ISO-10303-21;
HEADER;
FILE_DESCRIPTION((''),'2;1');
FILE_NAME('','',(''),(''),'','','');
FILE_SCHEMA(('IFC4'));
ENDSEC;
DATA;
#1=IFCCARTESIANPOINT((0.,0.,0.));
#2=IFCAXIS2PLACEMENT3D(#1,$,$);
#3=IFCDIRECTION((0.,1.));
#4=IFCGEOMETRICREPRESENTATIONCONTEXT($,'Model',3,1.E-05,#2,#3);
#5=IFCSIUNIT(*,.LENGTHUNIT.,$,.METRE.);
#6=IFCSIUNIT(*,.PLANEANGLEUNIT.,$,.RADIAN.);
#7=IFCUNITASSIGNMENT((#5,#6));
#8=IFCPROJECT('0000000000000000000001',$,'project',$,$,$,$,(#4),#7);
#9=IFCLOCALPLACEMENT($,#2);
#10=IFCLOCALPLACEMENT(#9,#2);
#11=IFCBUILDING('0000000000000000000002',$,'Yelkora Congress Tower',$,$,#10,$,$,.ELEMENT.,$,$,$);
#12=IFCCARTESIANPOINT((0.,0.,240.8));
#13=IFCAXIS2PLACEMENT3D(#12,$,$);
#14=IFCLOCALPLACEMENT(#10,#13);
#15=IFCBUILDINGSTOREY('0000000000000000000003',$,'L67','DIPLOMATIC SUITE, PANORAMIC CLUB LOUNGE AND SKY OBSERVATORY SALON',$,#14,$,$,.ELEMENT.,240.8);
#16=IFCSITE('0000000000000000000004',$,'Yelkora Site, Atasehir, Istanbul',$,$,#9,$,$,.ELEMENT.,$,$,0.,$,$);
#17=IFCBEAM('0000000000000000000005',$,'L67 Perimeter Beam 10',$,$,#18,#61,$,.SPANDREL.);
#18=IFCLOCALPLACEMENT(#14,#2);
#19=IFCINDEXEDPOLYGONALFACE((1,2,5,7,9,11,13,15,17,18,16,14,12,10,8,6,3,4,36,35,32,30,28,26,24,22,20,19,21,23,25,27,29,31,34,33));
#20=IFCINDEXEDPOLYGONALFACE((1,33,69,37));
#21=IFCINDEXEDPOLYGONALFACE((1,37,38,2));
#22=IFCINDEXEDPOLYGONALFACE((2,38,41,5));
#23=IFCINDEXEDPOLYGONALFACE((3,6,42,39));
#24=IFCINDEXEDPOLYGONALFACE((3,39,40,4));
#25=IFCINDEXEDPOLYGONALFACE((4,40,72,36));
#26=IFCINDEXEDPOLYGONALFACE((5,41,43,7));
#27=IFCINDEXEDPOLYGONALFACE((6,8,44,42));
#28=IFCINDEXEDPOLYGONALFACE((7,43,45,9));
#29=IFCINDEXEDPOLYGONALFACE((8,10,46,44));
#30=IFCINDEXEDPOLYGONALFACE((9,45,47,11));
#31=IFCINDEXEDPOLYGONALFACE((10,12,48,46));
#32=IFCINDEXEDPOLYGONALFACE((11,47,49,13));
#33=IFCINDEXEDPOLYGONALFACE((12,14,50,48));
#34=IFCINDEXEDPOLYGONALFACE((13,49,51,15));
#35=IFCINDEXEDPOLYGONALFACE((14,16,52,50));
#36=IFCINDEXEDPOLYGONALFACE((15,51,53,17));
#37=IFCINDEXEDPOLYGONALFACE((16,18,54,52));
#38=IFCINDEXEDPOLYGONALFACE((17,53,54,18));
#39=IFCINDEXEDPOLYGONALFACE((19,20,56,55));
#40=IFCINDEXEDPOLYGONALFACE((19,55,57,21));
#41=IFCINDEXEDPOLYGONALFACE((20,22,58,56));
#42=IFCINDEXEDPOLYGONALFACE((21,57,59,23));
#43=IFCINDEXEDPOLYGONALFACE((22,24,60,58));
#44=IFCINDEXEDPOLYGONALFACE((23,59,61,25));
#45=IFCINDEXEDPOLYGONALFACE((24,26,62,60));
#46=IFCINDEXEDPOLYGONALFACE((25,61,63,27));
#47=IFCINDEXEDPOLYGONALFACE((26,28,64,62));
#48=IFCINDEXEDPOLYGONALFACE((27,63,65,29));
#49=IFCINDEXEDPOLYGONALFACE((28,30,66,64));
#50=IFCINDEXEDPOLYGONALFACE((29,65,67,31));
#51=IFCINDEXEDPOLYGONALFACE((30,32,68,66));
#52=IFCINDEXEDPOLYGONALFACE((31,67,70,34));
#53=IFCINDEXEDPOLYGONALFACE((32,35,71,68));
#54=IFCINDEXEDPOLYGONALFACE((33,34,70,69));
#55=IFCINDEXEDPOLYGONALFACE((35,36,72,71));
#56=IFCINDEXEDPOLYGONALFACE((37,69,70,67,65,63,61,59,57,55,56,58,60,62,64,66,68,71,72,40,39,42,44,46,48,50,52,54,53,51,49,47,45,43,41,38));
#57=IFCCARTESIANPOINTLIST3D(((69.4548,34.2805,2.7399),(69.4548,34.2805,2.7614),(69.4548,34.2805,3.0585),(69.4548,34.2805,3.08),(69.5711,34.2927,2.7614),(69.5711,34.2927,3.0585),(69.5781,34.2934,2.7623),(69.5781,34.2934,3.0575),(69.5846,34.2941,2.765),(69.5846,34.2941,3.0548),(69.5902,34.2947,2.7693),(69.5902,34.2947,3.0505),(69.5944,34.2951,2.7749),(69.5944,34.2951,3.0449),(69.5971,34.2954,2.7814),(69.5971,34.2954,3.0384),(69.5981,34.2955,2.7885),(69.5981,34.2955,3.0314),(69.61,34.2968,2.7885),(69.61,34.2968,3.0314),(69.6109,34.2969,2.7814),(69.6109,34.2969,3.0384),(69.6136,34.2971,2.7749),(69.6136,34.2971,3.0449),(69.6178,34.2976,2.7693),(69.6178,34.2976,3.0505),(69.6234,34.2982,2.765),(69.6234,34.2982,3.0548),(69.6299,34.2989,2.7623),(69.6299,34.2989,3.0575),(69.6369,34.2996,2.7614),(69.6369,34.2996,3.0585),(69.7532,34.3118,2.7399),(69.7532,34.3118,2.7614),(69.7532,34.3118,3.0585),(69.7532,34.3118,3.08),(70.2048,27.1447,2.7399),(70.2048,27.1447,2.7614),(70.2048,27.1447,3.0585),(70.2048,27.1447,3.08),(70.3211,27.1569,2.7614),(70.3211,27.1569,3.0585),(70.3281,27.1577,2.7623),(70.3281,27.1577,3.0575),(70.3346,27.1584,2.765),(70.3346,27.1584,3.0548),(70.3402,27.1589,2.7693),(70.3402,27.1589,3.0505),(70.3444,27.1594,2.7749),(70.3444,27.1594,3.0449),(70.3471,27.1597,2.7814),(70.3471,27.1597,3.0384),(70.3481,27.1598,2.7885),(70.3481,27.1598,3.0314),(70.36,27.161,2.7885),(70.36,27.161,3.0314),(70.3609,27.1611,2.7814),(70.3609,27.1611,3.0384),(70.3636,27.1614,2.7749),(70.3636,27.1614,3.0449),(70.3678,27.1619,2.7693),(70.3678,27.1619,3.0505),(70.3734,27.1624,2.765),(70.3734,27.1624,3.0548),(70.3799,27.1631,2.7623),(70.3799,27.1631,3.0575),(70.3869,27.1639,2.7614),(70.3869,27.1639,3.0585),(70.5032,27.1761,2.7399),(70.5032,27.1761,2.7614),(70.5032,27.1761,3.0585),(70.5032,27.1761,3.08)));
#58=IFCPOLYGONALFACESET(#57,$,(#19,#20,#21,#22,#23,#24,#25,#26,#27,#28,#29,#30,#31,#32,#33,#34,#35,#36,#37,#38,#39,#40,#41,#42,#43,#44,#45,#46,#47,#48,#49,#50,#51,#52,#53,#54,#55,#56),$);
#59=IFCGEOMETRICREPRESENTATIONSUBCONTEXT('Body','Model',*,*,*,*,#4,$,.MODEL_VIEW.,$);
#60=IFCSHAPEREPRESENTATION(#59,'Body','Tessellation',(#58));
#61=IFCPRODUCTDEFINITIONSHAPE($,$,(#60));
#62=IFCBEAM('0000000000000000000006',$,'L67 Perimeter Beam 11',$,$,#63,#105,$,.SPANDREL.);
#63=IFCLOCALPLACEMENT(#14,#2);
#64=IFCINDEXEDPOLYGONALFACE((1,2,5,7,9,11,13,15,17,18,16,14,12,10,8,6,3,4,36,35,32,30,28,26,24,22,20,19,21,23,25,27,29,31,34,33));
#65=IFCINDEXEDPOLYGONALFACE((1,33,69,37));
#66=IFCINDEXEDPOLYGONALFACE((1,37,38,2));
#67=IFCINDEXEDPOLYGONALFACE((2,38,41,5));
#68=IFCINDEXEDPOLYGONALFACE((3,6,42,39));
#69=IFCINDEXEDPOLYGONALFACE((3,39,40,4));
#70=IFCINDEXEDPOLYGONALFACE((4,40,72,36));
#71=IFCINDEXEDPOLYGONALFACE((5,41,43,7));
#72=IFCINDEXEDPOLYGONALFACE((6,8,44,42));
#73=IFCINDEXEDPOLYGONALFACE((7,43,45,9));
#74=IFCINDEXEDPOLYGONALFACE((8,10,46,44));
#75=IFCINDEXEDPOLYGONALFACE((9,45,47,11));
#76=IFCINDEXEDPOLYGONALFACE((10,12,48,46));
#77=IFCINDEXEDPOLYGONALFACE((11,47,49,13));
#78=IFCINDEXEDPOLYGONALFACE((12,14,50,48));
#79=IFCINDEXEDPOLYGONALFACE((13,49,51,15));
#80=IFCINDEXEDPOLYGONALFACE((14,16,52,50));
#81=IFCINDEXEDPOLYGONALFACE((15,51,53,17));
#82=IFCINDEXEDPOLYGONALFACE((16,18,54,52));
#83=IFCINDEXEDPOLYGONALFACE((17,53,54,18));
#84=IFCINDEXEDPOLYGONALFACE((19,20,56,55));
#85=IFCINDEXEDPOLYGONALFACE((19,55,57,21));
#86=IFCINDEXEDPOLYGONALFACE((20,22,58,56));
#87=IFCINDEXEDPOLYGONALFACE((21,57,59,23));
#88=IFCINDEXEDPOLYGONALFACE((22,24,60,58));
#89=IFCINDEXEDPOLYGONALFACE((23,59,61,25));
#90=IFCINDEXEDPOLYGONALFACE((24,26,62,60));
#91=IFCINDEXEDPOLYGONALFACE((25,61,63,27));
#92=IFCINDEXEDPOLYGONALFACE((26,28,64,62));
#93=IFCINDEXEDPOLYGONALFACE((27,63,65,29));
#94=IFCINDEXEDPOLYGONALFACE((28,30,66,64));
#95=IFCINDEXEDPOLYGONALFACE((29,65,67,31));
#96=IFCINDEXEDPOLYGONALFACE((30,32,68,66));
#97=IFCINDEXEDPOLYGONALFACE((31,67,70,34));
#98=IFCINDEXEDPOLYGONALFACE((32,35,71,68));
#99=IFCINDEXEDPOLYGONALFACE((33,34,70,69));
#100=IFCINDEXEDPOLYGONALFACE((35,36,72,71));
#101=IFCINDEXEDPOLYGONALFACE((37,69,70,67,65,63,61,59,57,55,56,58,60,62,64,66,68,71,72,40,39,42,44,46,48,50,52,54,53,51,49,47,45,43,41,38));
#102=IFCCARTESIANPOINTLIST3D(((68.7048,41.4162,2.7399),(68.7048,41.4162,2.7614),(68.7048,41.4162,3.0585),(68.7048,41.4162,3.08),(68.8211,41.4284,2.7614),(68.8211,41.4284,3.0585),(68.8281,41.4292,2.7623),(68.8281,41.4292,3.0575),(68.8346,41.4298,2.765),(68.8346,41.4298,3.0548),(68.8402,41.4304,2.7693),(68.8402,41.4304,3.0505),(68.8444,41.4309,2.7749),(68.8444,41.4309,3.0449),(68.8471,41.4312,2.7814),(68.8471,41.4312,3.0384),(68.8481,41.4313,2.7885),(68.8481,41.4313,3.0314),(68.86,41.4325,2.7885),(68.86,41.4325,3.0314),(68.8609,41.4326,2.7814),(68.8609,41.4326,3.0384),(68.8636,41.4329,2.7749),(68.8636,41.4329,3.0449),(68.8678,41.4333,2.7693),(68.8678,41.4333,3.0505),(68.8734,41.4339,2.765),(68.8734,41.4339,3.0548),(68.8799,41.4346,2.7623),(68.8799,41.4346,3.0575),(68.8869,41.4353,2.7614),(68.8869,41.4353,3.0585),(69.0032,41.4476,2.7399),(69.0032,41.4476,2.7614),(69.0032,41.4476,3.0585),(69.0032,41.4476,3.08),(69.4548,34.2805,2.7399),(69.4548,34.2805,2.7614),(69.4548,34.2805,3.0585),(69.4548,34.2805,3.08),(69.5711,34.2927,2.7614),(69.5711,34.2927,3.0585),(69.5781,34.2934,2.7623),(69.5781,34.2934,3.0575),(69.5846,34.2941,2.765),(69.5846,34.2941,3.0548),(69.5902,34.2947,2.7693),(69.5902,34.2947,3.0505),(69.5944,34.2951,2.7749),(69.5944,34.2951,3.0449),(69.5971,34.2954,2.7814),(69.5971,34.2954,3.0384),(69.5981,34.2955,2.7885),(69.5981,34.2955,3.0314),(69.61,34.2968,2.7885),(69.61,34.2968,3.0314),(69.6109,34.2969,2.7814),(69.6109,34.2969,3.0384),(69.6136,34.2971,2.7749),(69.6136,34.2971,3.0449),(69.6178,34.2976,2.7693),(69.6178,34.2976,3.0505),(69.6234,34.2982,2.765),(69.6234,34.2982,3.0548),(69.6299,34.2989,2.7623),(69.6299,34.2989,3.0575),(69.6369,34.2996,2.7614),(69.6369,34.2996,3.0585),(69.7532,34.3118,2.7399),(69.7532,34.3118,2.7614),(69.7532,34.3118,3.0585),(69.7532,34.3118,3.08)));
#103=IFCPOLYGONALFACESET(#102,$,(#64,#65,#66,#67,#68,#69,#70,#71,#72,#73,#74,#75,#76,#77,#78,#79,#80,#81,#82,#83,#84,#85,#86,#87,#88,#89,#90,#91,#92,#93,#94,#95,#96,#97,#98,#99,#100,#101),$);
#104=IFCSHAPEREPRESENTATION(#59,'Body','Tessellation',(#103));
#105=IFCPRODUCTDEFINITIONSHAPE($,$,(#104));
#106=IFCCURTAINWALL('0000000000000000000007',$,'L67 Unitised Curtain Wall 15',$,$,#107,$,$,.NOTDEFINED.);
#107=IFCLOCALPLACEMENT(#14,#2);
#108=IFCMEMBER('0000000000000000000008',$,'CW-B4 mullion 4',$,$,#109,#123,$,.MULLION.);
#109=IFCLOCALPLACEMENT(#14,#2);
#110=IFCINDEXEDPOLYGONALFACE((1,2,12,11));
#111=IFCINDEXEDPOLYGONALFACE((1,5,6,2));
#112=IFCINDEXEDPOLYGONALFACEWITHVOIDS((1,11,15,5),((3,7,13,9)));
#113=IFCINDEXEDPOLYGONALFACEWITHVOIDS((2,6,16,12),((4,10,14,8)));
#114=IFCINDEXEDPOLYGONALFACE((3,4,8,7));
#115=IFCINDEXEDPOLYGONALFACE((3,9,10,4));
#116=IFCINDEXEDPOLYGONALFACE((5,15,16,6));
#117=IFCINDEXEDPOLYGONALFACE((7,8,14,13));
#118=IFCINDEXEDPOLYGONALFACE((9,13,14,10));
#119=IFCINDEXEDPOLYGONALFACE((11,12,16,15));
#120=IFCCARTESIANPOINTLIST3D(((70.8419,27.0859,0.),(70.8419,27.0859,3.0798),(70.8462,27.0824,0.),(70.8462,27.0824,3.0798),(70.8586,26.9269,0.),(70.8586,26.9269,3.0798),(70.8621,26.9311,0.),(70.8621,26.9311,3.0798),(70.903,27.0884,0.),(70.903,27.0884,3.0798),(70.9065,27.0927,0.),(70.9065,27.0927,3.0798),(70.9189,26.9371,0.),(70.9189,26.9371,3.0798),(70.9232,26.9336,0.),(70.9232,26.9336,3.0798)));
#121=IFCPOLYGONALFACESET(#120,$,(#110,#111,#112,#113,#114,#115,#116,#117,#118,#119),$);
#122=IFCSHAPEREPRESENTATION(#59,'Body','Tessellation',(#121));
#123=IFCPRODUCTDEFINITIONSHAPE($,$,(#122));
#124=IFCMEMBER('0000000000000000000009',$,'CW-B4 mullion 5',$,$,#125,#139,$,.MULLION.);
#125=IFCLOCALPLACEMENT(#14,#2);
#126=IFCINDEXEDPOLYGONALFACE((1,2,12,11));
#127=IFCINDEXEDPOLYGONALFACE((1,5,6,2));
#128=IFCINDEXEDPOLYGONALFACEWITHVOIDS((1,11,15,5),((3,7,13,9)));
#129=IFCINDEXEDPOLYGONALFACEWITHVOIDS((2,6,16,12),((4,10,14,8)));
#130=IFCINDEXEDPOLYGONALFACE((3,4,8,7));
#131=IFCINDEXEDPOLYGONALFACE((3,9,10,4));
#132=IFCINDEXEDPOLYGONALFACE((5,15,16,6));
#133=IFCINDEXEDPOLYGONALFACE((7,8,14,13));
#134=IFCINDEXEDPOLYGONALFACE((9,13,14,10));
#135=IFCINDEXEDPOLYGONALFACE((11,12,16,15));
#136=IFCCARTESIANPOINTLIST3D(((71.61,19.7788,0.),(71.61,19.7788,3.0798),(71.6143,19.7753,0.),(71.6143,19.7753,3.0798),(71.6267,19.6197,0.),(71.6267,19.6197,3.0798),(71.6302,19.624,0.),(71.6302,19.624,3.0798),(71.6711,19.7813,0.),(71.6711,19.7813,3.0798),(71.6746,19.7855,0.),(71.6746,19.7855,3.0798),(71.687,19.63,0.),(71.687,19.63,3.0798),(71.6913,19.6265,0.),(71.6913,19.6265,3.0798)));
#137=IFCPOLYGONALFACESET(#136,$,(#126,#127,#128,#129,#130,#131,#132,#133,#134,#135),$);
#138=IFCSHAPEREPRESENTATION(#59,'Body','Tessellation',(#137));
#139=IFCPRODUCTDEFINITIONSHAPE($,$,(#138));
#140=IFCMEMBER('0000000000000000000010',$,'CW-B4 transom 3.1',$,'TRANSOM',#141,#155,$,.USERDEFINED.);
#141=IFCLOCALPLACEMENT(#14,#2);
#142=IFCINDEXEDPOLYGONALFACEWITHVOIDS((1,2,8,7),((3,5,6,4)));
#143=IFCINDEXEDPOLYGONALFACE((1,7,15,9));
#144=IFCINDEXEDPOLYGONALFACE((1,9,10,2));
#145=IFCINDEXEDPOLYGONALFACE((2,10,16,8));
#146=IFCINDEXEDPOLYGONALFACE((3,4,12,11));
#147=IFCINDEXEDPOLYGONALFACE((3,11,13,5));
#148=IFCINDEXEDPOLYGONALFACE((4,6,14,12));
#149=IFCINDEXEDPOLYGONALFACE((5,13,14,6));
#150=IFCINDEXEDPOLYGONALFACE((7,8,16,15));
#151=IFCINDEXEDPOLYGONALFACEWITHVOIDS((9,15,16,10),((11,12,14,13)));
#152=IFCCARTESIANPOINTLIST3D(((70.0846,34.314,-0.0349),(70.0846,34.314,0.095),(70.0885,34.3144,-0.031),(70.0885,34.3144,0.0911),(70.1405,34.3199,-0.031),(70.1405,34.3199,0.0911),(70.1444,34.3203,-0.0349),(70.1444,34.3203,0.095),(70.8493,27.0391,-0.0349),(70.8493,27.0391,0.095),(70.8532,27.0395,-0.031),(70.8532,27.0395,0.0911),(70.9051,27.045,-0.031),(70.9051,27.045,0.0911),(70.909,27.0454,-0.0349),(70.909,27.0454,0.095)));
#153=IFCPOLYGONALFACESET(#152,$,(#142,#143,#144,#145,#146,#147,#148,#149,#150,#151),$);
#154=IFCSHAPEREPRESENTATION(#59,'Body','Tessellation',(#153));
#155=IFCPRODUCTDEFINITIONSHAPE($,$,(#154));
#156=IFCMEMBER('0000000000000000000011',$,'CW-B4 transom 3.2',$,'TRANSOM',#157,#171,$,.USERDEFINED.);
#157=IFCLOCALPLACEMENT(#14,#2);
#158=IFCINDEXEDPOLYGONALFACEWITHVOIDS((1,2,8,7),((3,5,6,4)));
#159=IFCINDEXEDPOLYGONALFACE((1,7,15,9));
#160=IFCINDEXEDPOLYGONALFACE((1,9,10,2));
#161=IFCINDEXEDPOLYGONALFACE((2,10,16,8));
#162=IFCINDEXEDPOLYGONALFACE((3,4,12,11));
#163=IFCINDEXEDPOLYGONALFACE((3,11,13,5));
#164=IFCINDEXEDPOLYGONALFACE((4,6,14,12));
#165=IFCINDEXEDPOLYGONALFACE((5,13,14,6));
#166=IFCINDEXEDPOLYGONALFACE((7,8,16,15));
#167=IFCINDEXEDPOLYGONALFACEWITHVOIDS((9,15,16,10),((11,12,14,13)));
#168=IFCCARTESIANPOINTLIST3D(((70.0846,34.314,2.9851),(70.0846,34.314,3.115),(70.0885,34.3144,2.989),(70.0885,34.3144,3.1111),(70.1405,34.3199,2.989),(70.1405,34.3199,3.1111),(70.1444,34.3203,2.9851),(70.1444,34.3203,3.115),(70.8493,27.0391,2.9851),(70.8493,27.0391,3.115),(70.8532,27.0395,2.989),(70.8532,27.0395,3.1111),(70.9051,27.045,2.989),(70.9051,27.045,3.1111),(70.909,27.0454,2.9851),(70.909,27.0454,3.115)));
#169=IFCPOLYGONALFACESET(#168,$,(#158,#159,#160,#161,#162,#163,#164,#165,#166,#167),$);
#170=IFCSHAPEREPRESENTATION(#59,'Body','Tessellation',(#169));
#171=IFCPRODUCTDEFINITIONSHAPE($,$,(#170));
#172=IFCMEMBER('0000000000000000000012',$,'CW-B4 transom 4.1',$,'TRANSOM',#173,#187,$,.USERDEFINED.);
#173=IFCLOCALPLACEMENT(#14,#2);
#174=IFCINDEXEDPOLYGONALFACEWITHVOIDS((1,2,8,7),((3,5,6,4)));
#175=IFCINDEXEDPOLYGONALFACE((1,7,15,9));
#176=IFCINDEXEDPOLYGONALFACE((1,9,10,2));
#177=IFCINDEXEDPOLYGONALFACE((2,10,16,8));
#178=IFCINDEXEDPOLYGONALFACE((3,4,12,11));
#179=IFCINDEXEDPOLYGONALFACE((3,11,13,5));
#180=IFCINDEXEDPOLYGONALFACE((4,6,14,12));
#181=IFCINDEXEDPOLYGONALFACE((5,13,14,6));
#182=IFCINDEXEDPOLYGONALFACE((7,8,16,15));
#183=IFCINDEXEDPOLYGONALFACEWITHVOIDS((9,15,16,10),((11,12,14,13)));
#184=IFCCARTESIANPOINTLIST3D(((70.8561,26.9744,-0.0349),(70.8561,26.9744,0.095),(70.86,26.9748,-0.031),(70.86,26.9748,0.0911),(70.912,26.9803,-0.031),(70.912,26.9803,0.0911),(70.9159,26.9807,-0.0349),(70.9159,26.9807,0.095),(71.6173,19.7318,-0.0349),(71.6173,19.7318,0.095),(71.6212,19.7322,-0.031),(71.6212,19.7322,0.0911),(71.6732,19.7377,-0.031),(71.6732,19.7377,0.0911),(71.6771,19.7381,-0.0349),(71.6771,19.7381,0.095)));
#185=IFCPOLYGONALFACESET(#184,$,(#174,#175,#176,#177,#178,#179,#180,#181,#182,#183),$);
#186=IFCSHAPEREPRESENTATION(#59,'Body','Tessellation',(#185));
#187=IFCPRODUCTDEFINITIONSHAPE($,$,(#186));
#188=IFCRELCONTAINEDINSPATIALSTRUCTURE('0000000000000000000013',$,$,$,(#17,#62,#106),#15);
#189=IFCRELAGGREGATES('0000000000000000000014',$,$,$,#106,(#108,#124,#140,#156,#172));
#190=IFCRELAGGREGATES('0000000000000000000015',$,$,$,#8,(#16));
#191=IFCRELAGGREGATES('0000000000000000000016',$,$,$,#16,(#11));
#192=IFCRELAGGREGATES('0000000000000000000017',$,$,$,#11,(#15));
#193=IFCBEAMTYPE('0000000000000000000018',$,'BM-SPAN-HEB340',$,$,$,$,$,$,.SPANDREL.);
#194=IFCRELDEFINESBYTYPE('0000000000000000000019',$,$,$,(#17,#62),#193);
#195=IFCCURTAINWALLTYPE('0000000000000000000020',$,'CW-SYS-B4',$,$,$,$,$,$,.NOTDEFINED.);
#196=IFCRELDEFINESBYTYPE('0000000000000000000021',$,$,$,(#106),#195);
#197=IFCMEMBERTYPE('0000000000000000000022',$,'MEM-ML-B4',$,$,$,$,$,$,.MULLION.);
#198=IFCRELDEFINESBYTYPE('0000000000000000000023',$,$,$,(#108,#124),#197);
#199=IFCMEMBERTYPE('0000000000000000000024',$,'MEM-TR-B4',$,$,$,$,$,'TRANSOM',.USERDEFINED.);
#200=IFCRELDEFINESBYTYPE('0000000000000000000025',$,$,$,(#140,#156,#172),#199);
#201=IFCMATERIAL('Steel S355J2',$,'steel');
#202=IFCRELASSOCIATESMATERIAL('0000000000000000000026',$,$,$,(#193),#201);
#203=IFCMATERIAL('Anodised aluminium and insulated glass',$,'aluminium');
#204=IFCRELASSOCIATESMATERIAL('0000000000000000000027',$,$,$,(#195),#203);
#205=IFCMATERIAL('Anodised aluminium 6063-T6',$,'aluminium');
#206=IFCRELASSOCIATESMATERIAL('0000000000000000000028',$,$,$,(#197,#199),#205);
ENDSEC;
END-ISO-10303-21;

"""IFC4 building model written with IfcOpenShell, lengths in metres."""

from ifc_helpers import new_model, si_unit, direction, frame, origin, origin_2d, place, context, subcontext, project, spatial, hollow_rectangle, i_section, extrude, material, material_profile, profile_set, type_object, element, aggregate, save


model = new_model("IFC4")

# Units and contexts
model_context = context("Model", 3, precision=1e-05, world=origin(), true_north=direction((0.0, 1.0)))
body_context = subcontext(model_context, "Body", "Model", "MODEL_VIEW")
ifc_project = project(units=[si_unit("LENGTHUNIT", "METRE"), si_unit("PLANEANGLEUNIT", "RADIAN")], contexts=[model_context])

# Site, building, storey
site_placement = place(None, origin())
site = spatial("IfcSite", under=ifc_project, at=site_placement, Name="Yelkora Site, Atasehir, Istanbul", CompositionType="ELEMENT", RefElevation=0.0)
building_placement = place(site_placement, origin())
building = spatial("IfcBuilding", under=site, at=building_placement, Name="Yelkora Congress Tower", CompositionType="ELEMENT")
storey_placement = place(building_placement, frame((0.0, 0.0, 240.8)))
storey = spatial("IfcBuildingStorey", under=building, at=storey_placement, Name="L67", Description="DIPLOMATIC SUITE, PANORAMIC CLUB LOUNGE AND SKY OBSERVATORY SALON", CompositionType="ELEMENT", Elevation=240.8)

# Shared definitions
ifc_material_1 = material(Name="Steel S355J2", Category="steel")

# Beams
ifc_material_profile_1 = material_profile(ifc_material_1, i_section(OverallWidth=0.3, OverallDepth=0.3401, WebThickness=0.012, FlangeThickness=0.0215, FilletRadius=0.0271, at=origin_2d()), Name="HEB 340")
ifc_profile_set_1 = profile_set([ifc_material_profile_1], Name="Steel S355J2")
beam_type_1 = type_object("IfcBeamType", Name="BM-SPAN-HEB340", PredefinedType="SPANDREL", material=ifc_profile_set_1)
for number, where, z_axis, x_axis, name in (
    (1, (70.354, 27.1604, 2.9099), (-0.104529, 0.994522, 0.0), (-0.994522, -0.104529, 0.0), "L67 Perimeter Beam 10"),
    (2, (69.604, 34.2961, 2.9099), (-0.104529, 0.994522, 0.0), (-0.994522, -0.104529, 0.0), "L67 Perimeter Beam 11"),
):
    element("IfcBeam", number, at=place(storey_placement, frame(where, z_axis=z_axis, x_axis=x_axis)), inside=storey, type_object=beam_type_1, Name=name, PredefinedType="SPANDREL", context=body_context, shape_type="SweptSolid", body=[
        extrude(i_section(OverallWidth=0.3, OverallDepth=0.3401, WebThickness=0.012, FlangeThickness=0.0215, FilletRadius=0.0271, at=origin_2d()), origin(), (0.0, 0.0, 1.0), 7.175),
    ])

# Curtain wall, members
ifc_material_2 = material(Name="Anodised aluminium and insulated glass", Category="aluminium")
curtain_wall_type = type_object("IfcCurtainWallType", Name="CW-SYS-B4", PredefinedType="NOTDEFINED", material=ifc_material_2)
curtain_wall_placement = place(storey_placement, origin())
curtain_wall = element("IfcCurtainWall", 3, at=curtain_wall_placement, inside=storey, type_object=curtain_wall_type, Name="L67 Unitised Curtain Wall 15", PredefinedType="NOTDEFINED")
ifc_material_3 = material(Name="Anodised aluminium 6063-T6", Category="aluminium")
ifc_material_profile_2 = material_profile(ifc_material_3, hollow_rectangle(XDim=0.0649, YDim=0.1599, WallThickness=0.0039, at=origin_2d()), Name="ALU 65x160x4")
ifc_profile_set_2 = profile_set([ifc_material_profile_2], Name="Anodised aluminium 6063-T6")
member_type_1 = type_object("IfcMemberType", Name="MEM-ML-B4", PredefinedType="MULLION", material=ifc_profile_set_2)
member_1_placement = place(storey_placement, frame((70.8826, 27.0098, 0.0), z_axis=(0.0, 0.0, 1.0), x_axis=(0.994522, 0.104526, 0.0)))
member_1 = element("IfcMember", 4, at=member_1_placement, type_object=member_type_1, Name="CW-B4 mullion 4", PredefinedType="MULLION", context=body_context, shape_type="SweptSolid", body=[
    extrude(hollow_rectangle(XDim=0.0649, YDim=0.1599, WallThickness=0.0039, at=origin_2d()), origin(), (0.0, 0.0, 1.0), 3.0798),
])
member_2_placement = place(storey_placement, frame((71.6506, 19.7026, 0.0), z_axis=(0.0, 0.0, 1.0), x_axis=(0.994522, 0.104526, 0.0)))
member_2 = element("IfcMember", 5, at=member_2_placement, type_object=member_type_1, Name="CW-B4 mullion 5", PredefinedType="MULLION", context=body_context, shape_type="SweptSolid", body=[
    extrude(hollow_rectangle(XDim=0.0649, YDim=0.1599, WallThickness=0.0039, at=origin_2d()), origin(), (0.0, 0.0, 1.0), 3.0798),
])
ifc_material_profile_3 = material_profile(ifc_material_3, hollow_rectangle(XDim=0.0601, YDim=0.1299, WallThickness=0.0039, at=origin_2d()), Name="ALU 60x130x4")
ifc_profile_set_3 = profile_set([ifc_material_profile_3], Name="Anodised aluminium 6063-T6")
member_type_2 = type_object("IfcMemberType", Name="MEM-TR-B4", ElementType="TRANSOM", PredefinedType="USERDEFINED", material=ifc_profile_set_3)
member_3_placement = place(storey_placement, frame((70.1145, 34.3171, 0.03), z_axis=(0.104532, -0.994522, 0.0), x_axis=(0.994522, 0.104532, 0.0)))
member_3 = element("IfcMember", 6, at=member_3_placement, type_object=member_type_2, Name="CW-B4 transom 3.1", ObjectType="TRANSOM", PredefinedType="USERDEFINED", context=body_context, shape_type="SweptSolid", body=[
    extrude(hollow_rectangle(XDim=0.0601, YDim=0.1299, WallThickness=0.0039, at=origin_2d()), origin(), (0.0, 0.0, 1.0), 7.3149),
])
member_4_placement = place(storey_placement, frame((70.1145, 34.3171, 3.05), z_axis=(0.104532, -0.994522, 0.0), x_axis=(0.994522, 0.104532, 0.0)))
member_4 = element("IfcMember", 7, at=member_4_placement, type_object=member_type_2, Name="CW-B4 transom 3.2", ObjectType="TRANSOM", PredefinedType="USERDEFINED", context=body_context, shape_type="SweptSolid", body=[
    extrude(hollow_rectangle(XDim=0.0601, YDim=0.1299, WallThickness=0.0039, at=origin_2d()), origin(), (0.0, 0.0, 1.0), 7.3149),
])
member_5_placement = place(storey_placement, frame((70.886, 26.9775, 0.03), z_axis=(0.104528, -0.994522, 0.0), x_axis=(0.994522, 0.104528, 0.0)))
member_5 = element("IfcMember", 8, at=member_5_placement, type_object=member_type_2, Name="CW-B4 transom 4.1", ObjectType="TRANSOM", PredefinedType="USERDEFINED", context=body_context, shape_type="SweptSolid", body=[
    extrude(hollow_rectangle(XDim=0.0601, YDim=0.1299, WallThickness=0.0039, at=origin_2d()), origin(), (0.0, 0.0, 1.0), 7.2825),
])
aggregate(curtain_wall, [member_1, member_2, member_3, member_4, member_5])

save(model, "model.ifc")
